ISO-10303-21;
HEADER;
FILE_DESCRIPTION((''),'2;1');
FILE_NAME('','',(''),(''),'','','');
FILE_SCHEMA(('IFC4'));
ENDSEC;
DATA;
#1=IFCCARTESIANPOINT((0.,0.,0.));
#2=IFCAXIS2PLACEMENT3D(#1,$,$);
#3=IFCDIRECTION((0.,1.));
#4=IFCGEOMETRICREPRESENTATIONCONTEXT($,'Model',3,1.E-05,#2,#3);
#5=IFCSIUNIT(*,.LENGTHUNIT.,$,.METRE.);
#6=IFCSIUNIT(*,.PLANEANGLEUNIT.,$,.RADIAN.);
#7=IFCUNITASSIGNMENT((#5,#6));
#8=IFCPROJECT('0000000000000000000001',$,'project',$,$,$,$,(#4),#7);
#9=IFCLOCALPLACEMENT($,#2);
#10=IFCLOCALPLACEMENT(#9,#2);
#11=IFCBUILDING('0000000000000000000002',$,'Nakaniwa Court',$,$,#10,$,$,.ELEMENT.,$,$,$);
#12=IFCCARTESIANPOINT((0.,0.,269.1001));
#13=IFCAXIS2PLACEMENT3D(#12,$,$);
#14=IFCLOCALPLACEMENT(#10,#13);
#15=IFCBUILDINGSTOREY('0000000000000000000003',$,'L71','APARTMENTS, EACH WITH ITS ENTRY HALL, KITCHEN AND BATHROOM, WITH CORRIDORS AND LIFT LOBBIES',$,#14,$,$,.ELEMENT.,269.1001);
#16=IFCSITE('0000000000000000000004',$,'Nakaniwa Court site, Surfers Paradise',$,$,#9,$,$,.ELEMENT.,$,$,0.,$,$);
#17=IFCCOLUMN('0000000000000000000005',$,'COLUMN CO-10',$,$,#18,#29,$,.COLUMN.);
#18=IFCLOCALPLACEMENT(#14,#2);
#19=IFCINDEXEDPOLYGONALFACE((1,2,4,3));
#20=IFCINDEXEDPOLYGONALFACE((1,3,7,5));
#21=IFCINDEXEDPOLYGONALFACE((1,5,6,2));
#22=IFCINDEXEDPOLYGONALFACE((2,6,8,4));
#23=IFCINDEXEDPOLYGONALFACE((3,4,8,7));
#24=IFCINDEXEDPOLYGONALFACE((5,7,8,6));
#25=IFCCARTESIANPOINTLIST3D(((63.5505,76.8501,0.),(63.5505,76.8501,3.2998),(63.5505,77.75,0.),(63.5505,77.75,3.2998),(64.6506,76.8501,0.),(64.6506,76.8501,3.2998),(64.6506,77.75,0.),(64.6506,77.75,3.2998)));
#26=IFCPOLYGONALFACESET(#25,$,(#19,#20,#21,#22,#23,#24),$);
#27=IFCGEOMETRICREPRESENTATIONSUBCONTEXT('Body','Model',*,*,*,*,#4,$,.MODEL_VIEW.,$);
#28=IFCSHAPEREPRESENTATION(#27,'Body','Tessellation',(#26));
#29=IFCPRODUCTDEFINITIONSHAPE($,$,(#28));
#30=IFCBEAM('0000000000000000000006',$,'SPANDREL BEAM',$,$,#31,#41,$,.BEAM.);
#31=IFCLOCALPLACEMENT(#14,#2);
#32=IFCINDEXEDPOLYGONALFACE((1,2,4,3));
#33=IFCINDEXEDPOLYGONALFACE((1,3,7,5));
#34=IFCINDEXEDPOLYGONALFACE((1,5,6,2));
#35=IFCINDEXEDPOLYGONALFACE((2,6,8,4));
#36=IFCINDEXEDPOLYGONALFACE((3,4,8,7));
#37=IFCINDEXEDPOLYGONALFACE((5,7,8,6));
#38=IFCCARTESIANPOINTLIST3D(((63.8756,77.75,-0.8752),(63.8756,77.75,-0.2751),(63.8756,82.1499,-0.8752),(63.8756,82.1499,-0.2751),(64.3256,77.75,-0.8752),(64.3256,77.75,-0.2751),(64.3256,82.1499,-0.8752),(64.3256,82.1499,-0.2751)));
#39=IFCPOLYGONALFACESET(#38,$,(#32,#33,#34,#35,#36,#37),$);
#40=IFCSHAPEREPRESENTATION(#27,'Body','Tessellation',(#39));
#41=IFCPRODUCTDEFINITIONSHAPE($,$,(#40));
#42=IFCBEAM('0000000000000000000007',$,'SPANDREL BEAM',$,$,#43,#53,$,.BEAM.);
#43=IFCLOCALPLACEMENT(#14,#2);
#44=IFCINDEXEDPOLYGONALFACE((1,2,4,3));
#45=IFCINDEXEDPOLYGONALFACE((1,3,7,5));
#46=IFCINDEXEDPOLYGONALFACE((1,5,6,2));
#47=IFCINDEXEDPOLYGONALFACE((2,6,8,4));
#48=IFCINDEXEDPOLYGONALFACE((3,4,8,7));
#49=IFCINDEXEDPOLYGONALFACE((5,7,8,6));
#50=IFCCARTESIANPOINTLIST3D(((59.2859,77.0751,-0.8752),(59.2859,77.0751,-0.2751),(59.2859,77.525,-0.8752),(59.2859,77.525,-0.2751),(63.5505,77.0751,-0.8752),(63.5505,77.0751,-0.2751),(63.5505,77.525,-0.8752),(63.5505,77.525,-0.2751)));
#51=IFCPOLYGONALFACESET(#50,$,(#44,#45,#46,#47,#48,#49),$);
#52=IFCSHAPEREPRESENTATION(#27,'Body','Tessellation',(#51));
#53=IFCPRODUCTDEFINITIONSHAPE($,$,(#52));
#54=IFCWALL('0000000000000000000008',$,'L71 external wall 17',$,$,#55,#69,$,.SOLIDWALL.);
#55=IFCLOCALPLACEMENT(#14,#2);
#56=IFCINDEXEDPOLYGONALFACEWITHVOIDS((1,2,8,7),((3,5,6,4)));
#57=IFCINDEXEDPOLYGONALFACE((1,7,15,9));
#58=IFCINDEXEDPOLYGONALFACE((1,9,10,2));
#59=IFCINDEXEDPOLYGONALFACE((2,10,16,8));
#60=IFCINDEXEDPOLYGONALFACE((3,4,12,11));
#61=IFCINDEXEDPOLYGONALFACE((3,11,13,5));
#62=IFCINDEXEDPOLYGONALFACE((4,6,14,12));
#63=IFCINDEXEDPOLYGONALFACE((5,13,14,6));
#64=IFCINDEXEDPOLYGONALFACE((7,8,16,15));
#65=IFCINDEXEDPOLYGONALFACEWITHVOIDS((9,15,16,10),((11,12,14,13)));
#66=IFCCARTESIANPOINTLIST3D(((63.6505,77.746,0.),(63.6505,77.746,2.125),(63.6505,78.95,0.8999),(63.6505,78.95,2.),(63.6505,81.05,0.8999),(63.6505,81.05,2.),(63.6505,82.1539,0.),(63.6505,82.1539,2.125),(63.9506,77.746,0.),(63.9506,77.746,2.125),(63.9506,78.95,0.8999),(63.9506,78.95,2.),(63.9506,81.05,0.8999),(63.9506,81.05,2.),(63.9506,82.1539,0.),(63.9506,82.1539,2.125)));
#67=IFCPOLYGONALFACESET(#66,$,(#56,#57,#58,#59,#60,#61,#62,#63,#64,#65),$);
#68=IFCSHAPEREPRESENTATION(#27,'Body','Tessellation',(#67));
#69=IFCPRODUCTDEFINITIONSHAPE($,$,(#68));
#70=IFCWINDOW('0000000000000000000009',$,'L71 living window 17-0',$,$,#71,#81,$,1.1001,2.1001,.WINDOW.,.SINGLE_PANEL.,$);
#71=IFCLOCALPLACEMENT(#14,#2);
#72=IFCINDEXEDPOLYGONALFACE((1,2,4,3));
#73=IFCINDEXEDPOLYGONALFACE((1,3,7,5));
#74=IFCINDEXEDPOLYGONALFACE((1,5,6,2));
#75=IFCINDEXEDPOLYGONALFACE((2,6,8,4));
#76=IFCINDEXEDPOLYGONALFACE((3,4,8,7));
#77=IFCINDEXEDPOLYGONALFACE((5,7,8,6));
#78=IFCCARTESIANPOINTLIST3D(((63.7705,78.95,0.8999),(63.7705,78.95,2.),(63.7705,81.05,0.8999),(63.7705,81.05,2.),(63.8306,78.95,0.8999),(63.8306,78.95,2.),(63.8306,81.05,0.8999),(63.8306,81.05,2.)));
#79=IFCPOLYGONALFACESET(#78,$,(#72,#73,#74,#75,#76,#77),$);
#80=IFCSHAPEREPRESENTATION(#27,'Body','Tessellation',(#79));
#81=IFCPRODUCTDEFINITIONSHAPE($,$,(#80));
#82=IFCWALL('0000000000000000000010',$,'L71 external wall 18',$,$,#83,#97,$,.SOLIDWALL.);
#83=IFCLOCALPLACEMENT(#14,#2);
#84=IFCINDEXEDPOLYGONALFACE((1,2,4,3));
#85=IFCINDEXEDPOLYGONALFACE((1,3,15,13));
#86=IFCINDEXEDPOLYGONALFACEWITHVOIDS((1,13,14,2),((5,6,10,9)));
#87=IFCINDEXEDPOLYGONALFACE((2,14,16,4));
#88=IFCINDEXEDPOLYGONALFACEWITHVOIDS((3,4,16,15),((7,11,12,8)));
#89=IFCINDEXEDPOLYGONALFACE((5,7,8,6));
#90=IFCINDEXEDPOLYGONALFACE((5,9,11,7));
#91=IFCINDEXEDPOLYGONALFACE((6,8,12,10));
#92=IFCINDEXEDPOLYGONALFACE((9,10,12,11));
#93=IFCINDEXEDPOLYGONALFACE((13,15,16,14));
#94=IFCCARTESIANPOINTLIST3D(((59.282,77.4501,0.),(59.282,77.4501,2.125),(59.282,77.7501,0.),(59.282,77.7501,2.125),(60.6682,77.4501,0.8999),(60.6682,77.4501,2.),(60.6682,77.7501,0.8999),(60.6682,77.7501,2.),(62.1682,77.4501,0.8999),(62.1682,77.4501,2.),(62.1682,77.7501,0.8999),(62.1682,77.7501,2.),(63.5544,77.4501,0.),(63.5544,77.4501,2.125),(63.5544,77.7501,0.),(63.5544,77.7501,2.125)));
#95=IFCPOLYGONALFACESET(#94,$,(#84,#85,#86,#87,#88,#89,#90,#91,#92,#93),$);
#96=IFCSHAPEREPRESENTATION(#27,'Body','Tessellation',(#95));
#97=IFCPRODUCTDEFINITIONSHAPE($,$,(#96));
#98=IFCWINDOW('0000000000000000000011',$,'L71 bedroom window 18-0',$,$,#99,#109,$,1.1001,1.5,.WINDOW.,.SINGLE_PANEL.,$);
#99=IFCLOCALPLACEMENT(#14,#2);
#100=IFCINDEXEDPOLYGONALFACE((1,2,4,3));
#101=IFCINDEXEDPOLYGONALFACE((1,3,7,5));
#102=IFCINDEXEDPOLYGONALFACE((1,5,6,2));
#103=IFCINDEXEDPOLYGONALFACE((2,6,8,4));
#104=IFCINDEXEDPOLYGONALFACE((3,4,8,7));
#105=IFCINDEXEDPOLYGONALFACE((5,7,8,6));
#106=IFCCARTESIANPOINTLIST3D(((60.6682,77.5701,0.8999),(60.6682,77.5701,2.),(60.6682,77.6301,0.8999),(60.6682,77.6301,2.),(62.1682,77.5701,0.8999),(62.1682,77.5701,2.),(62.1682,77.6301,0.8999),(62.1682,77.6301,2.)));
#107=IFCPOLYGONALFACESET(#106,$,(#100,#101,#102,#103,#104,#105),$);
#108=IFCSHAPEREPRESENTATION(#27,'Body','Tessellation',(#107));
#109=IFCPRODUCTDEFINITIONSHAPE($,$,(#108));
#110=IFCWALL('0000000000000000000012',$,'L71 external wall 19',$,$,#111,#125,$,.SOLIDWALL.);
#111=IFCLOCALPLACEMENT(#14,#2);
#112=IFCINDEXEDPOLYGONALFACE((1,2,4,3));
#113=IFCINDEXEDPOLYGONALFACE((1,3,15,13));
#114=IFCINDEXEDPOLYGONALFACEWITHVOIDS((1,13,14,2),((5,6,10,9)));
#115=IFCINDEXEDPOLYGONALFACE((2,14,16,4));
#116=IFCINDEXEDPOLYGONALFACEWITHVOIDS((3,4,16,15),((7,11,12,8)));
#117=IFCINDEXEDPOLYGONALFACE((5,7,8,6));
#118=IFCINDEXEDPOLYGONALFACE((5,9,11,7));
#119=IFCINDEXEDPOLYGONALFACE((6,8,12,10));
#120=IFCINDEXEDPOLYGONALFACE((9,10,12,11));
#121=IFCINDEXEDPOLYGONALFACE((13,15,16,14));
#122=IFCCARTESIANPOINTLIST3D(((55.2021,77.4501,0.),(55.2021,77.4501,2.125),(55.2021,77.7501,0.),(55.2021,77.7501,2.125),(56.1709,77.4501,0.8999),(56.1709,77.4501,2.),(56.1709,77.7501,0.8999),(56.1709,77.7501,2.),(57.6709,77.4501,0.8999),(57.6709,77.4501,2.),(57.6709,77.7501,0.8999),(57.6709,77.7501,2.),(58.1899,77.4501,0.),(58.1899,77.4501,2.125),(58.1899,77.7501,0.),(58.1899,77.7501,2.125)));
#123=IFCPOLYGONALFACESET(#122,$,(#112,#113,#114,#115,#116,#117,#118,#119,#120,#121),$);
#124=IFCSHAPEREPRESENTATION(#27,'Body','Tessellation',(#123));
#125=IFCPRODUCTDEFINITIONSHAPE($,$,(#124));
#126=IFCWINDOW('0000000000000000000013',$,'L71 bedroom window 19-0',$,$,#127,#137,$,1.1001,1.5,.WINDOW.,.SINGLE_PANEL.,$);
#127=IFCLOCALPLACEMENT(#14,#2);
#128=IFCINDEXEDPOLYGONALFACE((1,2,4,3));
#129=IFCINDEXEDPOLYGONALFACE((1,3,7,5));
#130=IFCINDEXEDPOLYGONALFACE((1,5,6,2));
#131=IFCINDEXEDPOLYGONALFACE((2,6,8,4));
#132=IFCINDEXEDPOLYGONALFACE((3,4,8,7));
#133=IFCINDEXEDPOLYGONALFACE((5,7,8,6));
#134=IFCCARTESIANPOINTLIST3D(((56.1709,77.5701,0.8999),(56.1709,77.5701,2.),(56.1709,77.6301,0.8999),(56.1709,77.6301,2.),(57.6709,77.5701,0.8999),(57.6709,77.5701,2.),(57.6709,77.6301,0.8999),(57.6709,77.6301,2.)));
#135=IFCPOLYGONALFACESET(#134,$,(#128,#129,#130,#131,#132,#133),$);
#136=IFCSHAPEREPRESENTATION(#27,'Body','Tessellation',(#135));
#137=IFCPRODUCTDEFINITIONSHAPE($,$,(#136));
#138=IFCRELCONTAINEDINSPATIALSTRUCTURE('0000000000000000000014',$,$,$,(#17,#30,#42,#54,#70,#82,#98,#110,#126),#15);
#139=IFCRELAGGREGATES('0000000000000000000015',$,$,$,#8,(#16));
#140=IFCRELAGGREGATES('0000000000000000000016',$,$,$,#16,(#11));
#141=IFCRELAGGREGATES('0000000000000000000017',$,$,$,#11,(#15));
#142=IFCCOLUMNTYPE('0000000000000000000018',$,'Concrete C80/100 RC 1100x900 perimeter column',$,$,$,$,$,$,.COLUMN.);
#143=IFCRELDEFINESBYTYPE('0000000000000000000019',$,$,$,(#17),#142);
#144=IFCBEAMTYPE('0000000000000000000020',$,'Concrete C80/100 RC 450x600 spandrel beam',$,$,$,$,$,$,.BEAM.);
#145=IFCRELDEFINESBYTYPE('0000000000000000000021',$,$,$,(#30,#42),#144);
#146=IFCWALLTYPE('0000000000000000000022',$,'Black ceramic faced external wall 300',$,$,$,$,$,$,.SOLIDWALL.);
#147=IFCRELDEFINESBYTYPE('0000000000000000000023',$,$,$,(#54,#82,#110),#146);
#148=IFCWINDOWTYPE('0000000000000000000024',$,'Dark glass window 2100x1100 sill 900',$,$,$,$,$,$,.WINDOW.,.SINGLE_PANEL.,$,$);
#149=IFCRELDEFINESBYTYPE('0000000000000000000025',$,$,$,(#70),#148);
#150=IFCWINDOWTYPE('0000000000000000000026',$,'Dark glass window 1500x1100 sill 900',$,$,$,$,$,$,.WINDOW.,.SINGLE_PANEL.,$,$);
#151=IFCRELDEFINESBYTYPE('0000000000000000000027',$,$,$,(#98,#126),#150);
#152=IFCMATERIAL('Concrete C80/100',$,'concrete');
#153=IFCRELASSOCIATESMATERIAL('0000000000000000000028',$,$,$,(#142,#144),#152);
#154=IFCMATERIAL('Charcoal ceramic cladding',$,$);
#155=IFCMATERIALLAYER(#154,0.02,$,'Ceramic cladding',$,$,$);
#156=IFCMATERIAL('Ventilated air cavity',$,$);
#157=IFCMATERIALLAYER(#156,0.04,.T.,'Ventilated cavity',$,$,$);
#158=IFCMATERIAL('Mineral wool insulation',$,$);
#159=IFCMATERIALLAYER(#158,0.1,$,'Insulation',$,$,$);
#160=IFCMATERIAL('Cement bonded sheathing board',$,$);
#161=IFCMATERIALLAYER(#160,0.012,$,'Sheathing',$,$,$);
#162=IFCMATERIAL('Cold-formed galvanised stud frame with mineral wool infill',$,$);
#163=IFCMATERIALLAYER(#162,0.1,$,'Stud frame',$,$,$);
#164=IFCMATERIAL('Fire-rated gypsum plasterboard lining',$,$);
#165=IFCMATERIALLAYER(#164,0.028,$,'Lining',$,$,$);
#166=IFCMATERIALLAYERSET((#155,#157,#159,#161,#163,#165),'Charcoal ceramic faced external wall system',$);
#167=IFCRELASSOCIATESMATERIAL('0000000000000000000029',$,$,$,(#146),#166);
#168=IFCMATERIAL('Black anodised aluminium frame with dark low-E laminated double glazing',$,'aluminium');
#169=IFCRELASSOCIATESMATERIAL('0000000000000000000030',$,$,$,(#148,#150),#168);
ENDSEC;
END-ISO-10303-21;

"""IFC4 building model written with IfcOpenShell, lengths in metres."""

from ifc_helpers import new_model, si_unit, direction, frame, frame_2d, origin, origin_2d, place, context, subcontext, project, spatial, rectangle, extrude, material, layer, layer_set, material_profile, profile_set, type_object, element, fill, save


model = new_model("IFC4")

# Units and contexts
model_context = context("Model", 3, precision=1e-05, world=origin(), true_north=direction((0.0, 1.0)))
body_context = subcontext(model_context, "Body", "Model", "MODEL_VIEW")
ifc_project = project(units=[si_unit("LENGTHUNIT", "METRE"), si_unit("PLANEANGLEUNIT", "RADIAN")], contexts=[model_context])

# Site, building, storey
site_placement = place(None, origin())
site = spatial("IfcSite", under=ifc_project, at=site_placement, Name="Nakaniwa Court site, Surfers Paradise", CompositionType="ELEMENT", RefElevation=0.0)
building_placement = place(site_placement, origin())
building = spatial("IfcBuilding", under=site, at=building_placement, Name="Nakaniwa Court", CompositionType="ELEMENT")
storey_placement = place(building_placement, frame((0.0, 0.0, 269.1001)))
storey = spatial("IfcBuildingStorey", under=building, at=storey_placement, Name="L71", Description="APARTMENTS, EACH WITH ITS ENTRY HALL, KITCHEN AND BATHROOM, WITH CORRIDORS AND LIFT LOBBIES", CompositionType="ELEMENT", Elevation=269.1001)

# Column
ifc_material_1 = material(Name="Concrete C80/100", Category="concrete")
ifc_material_profile_1 = material_profile(ifc_material_1, rectangle(XDim=1.1001, YDim=0.8999, at=origin_2d()), Name="Concrete C80/100 RC 1100x900 perimeter column")
ifc_profile_set_1 = profile_set([ifc_material_profile_1], Name="Concrete C80/100")
column_type = type_object("IfcColumnType", Name="Concrete C80/100 RC 1100x900 perimeter column", PredefinedType="COLUMN", material=ifc_profile_set_1)
column_placement = place(storey_placement, frame((64.1006, 77.3, 0.0), z_axis=(0.0, 0.0, 1.0), x_axis=(-1.0, 0.0, 0.0)))
element("IfcColumn", 1, at=column_placement, inside=storey, type_object=column_type, Name="COLUMN CO-10", PredefinedType="COLUMN", context=body_context, shape_type="SweptSolid", body=[
    extrude(rectangle(XDim=1.1001, YDim=0.8999, at=origin_2d()), origin(), (0.0, 0.0, 1.0), 3.2998),
])

# Beams
ifc_material_profile_2 = material_profile(ifc_material_1, rectangle(XDim=0.45, YDim=0.6001, at=origin_2d()), Name="Concrete C80/100 RC 450x600 spandrel beam")
ifc_profile_set_2 = profile_set([ifc_material_profile_2], Name="Concrete C80/100")
beam_type = type_object("IfcBeamType", Name="Concrete C80/100 RC 450x600 spandrel beam", PredefinedType="BEAM", material=ifc_profile_set_2)
beam_1_placement = place(storey_placement, frame((64.1006, 82.1499, -0.5752), z_axis=(0.0, -1.0, 0.0), x_axis=(1.0, 0.0, 0.0)))
element("IfcBeam", 2, at=beam_1_placement, inside=storey, type_object=beam_type, Name="SPANDREL BEAM", PredefinedType="BEAM", context=body_context, shape_type="SweptSolid", body=[
    extrude(rectangle(XDim=0.45, YDim=0.6001, at=origin_2d()), origin(), (0.0, 0.0, 1.0), 4.3999),
])
beam_2_placement = place(storey_placement, frame((63.5505, 77.3, -0.5752), z_axis=(-1.0, 0.0, 0.0), x_axis=(0.0, -1.0, 0.0)))
element("IfcBeam", 3, at=beam_2_placement, inside=storey, type_object=beam_type, Name="SPANDREL BEAM", PredefinedType="BEAM", context=body_context, shape_type="SweptSolid", body=[
    extrude(rectangle(XDim=0.45, YDim=0.6001, at=origin_2d()), origin(), (0.0, 0.0, 1.0), 4.2646),
])

# Walls, openings, windows
ifc_material_2 = material(Name="Charcoal ceramic cladding")
ifc_layer_1 = layer(ifc_material_2, 0.02, Name="Ceramic cladding")
ifc_material_3 = material(Name="Ventilated air cavity")
ifc_layer_2 = layer(ifc_material_3, 0.04, ventilated=True, Name="Ventilated cavity")
ifc_material_4 = material(Name="Mineral wool insulation")
ifc_layer_3 = layer(ifc_material_4, 0.1, Name="Insulation")
ifc_material_5 = material(Name="Cement bonded sheathing board")
ifc_layer_4 = layer(ifc_material_5, 0.012, Name="Sheathing")
ifc_material_6 = material(Name="Cold-formed galvanised stud frame with mineral wool infill")
ifc_layer_5 = layer(ifc_material_6, 0.1, Name="Stud frame")
ifc_material_7 = material(Name="Fire-rated gypsum plasterboard lining")
ifc_layer_6 = layer(ifc_material_7, 0.028, Name="Lining")
ifc_layer_set_1 = layer_set([ifc_layer_1, ifc_layer_2, ifc_layer_3, ifc_layer_4, ifc_layer_5, ifc_layer_6], Name="Charcoal ceramic faced external wall system")
wall_type_1 = type_object("IfcWallType", Name="Black ceramic faced external wall 300", PredefinedType="SOLIDWALL", material=ifc_layer_set_1)
wall_1_placement = place(storey_placement, frame((63.8005, 82.1541, 0.0), z_axis=(0.0, 0.0, 1.0), x_axis=(0.0, -1.0, 0.0)))
wall_1 = element("IfcWall", 4, at=wall_1_placement, inside=storey, type_object=wall_type_1, Name="L71 external wall 17", PredefinedType="SOLIDWALL", context=body_context, shape_type="SweptSolid", body=[
    extrude(rectangle(XDim=4.408, YDim=0.3, at=frame_2d((2.2041, 0.0))), origin(), (0.0, 0.0, 1.0), 2.125),
])
opening_1_placement = place(wall_1_placement, frame((1.104, 0.0, 0.8999)))
opening_1 = element("IfcOpeningElement", 5, at=opening_1_placement, cuts=wall_1, PredefinedType="OPENING", context=body_context, shape_type="SweptSolid", body=[
    extrude(rectangle(XDim=2.1001, YDim=1.1001, at=frame_2d((1.05, 0.55))), frame((0.0, 0.1599, 0.0), z_axis=(0.0, -1.0, 0.0), x_axis=(1.0, 0.0, 0.0)), (0.0, 0.0, 1.0), 0.3201),
])
ifc_material_8 = material(Name="Black anodised aluminium frame with dark low-E laminated double glazing", Category="aluminium")
window_type_1 = type_object("IfcWindowType", Name="Dark glass window 2100x1100 sill 900", PartitioningType="SINGLE_PANEL", PredefinedType="WINDOW", material=ifc_material_8)
window_1_placement = place(opening_1_placement, origin())
window_1 = element("IfcWindow", 6, at=window_1_placement, inside=storey, type_object=window_type_1, Name="L71 living window 17-0", OverallHeight=1.1001, OverallWidth=2.1001, PartitioningType="SINGLE_PANEL", PredefinedType="WINDOW", context=body_context, shape_type="SweptSolid", body=[
    extrude(rectangle(XDim=2.1001, YDim=1.1001, at=frame_2d((1.05, 0.55))), frame((0.0, 0.03, 0.0), z_axis=(0.0, -1.0, 0.0), x_axis=(1.0, 0.0, 0.0)), (0.0, 0.0, 1.0), 0.0601),
])
fill(opening_1, window_1)
wall_2_placement = place(storey_placement, frame((63.5544, 77.6001, 0.0), z_axis=(0.0, 0.0, 1.0), x_axis=(-1.0, 0.0, 0.0)))
wall_2 = element("IfcWall", 7, at=wall_2_placement, inside=storey, type_object=wall_type_1, Name="L71 external wall 18", PredefinedType="SOLIDWALL", context=body_context, shape_type="SweptSolid", body=[
    extrude(rectangle(XDim=4.2725, YDim=0.3, at=frame_2d((2.1362, 0.0))), origin(), (0.0, 0.0, 1.0), 2.125),
])
opening_2_placement = place(wall_2_placement, frame((1.3862, 0.0, 0.8999)))
opening_2 = element("IfcOpeningElement", 8, at=opening_2_placement, cuts=wall_2, PredefinedType="OPENING", context=body_context, shape_type="SweptSolid", body=[
    extrude(rectangle(XDim=1.5, YDim=1.1001, at=frame_2d((0.75, 0.55))), frame((0.0, 0.1599, 0.0), z_axis=(0.0, -1.0, 0.0), x_axis=(1.0, 0.0, 0.0)), (0.0, 0.0, 1.0), 0.3201),
])
window_type_2 = type_object("IfcWindowType", Name="Dark glass window 1500x1100 sill 900", PartitioningType="SINGLE_PANEL", PredefinedType="WINDOW", material=ifc_material_8)
window_2_placement = place(opening_2_placement, origin())
window_2 = element("IfcWindow", 9, at=window_2_placement, inside=storey, type_object=window_type_2, Name="L71 bedroom window 18-0", OverallHeight=1.1001, OverallWidth=1.5, PartitioningType="SINGLE_PANEL", PredefinedType="WINDOW", context=body_context, shape_type="SweptSolid", body=[
    extrude(rectangle(XDim=1.5, YDim=1.1001, at=frame_2d((0.75, 0.55))), frame((0.0, 0.03, 0.0), z_axis=(0.0, -1.0, 0.0), x_axis=(1.0, 0.0, 0.0)), (0.0, 0.0, 1.0), 0.0601),
])
fill(opening_2, window_2)
wall_3_placement = place(storey_placement, frame((58.1899, 77.6001, 0.0), z_axis=(0.0, 0.0, 1.0), x_axis=(-1.0, 0.0, 0.0)))
wall_3 = element("IfcWall", 10, at=wall_3_placement, inside=storey, type_object=wall_type_1, Name="L71 external wall 19", PredefinedType="SOLIDWALL", context=body_context, shape_type="SweptSolid", body=[
    extrude(rectangle(XDim=2.9878, YDim=0.3, at=frame_2d((1.4939, 0.0))), origin(), (0.0, 0.0, 1.0), 2.125),
])
opening_3_placement = place(wall_3_placement, frame((0.519, 0.0, 0.8999)))
opening_3 = element("IfcOpeningElement", 11, at=opening_3_placement, cuts=wall_3, PredefinedType="OPENING", context=body_context, shape_type="SweptSolid", body=[
    extrude(rectangle(XDim=1.5, YDim=1.1001, at=frame_2d((0.75, 0.55))), frame((0.0, 0.1599, 0.0), z_axis=(0.0, -1.0, 0.0), x_axis=(1.0, 0.0, 0.0)), (0.0, 0.0, 1.0), 0.3201),
])
window_3_placement = place(opening_3_placement, origin())
window_3 = element("IfcWindow", 12, at=window_3_placement, inside=storey, type_object=window_type_2, Name="L71 bedroom window 19-0", OverallHeight=1.1001, OverallWidth=1.5, PartitioningType="SINGLE_PANEL", PredefinedType="WINDOW", context=body_context, shape_type="SweptSolid", body=[
    extrude(rectangle(XDim=1.5, YDim=1.1001, at=frame_2d((0.75, 0.55))), frame((0.0, 0.03, 0.0), z_axis=(0.0, -1.0, 0.0), x_axis=(1.0, 0.0, 0.0)), (0.0, 0.0, 1.0), 0.0601),
])
fill(opening_3, window_3)

save(model, "model.ifc")
